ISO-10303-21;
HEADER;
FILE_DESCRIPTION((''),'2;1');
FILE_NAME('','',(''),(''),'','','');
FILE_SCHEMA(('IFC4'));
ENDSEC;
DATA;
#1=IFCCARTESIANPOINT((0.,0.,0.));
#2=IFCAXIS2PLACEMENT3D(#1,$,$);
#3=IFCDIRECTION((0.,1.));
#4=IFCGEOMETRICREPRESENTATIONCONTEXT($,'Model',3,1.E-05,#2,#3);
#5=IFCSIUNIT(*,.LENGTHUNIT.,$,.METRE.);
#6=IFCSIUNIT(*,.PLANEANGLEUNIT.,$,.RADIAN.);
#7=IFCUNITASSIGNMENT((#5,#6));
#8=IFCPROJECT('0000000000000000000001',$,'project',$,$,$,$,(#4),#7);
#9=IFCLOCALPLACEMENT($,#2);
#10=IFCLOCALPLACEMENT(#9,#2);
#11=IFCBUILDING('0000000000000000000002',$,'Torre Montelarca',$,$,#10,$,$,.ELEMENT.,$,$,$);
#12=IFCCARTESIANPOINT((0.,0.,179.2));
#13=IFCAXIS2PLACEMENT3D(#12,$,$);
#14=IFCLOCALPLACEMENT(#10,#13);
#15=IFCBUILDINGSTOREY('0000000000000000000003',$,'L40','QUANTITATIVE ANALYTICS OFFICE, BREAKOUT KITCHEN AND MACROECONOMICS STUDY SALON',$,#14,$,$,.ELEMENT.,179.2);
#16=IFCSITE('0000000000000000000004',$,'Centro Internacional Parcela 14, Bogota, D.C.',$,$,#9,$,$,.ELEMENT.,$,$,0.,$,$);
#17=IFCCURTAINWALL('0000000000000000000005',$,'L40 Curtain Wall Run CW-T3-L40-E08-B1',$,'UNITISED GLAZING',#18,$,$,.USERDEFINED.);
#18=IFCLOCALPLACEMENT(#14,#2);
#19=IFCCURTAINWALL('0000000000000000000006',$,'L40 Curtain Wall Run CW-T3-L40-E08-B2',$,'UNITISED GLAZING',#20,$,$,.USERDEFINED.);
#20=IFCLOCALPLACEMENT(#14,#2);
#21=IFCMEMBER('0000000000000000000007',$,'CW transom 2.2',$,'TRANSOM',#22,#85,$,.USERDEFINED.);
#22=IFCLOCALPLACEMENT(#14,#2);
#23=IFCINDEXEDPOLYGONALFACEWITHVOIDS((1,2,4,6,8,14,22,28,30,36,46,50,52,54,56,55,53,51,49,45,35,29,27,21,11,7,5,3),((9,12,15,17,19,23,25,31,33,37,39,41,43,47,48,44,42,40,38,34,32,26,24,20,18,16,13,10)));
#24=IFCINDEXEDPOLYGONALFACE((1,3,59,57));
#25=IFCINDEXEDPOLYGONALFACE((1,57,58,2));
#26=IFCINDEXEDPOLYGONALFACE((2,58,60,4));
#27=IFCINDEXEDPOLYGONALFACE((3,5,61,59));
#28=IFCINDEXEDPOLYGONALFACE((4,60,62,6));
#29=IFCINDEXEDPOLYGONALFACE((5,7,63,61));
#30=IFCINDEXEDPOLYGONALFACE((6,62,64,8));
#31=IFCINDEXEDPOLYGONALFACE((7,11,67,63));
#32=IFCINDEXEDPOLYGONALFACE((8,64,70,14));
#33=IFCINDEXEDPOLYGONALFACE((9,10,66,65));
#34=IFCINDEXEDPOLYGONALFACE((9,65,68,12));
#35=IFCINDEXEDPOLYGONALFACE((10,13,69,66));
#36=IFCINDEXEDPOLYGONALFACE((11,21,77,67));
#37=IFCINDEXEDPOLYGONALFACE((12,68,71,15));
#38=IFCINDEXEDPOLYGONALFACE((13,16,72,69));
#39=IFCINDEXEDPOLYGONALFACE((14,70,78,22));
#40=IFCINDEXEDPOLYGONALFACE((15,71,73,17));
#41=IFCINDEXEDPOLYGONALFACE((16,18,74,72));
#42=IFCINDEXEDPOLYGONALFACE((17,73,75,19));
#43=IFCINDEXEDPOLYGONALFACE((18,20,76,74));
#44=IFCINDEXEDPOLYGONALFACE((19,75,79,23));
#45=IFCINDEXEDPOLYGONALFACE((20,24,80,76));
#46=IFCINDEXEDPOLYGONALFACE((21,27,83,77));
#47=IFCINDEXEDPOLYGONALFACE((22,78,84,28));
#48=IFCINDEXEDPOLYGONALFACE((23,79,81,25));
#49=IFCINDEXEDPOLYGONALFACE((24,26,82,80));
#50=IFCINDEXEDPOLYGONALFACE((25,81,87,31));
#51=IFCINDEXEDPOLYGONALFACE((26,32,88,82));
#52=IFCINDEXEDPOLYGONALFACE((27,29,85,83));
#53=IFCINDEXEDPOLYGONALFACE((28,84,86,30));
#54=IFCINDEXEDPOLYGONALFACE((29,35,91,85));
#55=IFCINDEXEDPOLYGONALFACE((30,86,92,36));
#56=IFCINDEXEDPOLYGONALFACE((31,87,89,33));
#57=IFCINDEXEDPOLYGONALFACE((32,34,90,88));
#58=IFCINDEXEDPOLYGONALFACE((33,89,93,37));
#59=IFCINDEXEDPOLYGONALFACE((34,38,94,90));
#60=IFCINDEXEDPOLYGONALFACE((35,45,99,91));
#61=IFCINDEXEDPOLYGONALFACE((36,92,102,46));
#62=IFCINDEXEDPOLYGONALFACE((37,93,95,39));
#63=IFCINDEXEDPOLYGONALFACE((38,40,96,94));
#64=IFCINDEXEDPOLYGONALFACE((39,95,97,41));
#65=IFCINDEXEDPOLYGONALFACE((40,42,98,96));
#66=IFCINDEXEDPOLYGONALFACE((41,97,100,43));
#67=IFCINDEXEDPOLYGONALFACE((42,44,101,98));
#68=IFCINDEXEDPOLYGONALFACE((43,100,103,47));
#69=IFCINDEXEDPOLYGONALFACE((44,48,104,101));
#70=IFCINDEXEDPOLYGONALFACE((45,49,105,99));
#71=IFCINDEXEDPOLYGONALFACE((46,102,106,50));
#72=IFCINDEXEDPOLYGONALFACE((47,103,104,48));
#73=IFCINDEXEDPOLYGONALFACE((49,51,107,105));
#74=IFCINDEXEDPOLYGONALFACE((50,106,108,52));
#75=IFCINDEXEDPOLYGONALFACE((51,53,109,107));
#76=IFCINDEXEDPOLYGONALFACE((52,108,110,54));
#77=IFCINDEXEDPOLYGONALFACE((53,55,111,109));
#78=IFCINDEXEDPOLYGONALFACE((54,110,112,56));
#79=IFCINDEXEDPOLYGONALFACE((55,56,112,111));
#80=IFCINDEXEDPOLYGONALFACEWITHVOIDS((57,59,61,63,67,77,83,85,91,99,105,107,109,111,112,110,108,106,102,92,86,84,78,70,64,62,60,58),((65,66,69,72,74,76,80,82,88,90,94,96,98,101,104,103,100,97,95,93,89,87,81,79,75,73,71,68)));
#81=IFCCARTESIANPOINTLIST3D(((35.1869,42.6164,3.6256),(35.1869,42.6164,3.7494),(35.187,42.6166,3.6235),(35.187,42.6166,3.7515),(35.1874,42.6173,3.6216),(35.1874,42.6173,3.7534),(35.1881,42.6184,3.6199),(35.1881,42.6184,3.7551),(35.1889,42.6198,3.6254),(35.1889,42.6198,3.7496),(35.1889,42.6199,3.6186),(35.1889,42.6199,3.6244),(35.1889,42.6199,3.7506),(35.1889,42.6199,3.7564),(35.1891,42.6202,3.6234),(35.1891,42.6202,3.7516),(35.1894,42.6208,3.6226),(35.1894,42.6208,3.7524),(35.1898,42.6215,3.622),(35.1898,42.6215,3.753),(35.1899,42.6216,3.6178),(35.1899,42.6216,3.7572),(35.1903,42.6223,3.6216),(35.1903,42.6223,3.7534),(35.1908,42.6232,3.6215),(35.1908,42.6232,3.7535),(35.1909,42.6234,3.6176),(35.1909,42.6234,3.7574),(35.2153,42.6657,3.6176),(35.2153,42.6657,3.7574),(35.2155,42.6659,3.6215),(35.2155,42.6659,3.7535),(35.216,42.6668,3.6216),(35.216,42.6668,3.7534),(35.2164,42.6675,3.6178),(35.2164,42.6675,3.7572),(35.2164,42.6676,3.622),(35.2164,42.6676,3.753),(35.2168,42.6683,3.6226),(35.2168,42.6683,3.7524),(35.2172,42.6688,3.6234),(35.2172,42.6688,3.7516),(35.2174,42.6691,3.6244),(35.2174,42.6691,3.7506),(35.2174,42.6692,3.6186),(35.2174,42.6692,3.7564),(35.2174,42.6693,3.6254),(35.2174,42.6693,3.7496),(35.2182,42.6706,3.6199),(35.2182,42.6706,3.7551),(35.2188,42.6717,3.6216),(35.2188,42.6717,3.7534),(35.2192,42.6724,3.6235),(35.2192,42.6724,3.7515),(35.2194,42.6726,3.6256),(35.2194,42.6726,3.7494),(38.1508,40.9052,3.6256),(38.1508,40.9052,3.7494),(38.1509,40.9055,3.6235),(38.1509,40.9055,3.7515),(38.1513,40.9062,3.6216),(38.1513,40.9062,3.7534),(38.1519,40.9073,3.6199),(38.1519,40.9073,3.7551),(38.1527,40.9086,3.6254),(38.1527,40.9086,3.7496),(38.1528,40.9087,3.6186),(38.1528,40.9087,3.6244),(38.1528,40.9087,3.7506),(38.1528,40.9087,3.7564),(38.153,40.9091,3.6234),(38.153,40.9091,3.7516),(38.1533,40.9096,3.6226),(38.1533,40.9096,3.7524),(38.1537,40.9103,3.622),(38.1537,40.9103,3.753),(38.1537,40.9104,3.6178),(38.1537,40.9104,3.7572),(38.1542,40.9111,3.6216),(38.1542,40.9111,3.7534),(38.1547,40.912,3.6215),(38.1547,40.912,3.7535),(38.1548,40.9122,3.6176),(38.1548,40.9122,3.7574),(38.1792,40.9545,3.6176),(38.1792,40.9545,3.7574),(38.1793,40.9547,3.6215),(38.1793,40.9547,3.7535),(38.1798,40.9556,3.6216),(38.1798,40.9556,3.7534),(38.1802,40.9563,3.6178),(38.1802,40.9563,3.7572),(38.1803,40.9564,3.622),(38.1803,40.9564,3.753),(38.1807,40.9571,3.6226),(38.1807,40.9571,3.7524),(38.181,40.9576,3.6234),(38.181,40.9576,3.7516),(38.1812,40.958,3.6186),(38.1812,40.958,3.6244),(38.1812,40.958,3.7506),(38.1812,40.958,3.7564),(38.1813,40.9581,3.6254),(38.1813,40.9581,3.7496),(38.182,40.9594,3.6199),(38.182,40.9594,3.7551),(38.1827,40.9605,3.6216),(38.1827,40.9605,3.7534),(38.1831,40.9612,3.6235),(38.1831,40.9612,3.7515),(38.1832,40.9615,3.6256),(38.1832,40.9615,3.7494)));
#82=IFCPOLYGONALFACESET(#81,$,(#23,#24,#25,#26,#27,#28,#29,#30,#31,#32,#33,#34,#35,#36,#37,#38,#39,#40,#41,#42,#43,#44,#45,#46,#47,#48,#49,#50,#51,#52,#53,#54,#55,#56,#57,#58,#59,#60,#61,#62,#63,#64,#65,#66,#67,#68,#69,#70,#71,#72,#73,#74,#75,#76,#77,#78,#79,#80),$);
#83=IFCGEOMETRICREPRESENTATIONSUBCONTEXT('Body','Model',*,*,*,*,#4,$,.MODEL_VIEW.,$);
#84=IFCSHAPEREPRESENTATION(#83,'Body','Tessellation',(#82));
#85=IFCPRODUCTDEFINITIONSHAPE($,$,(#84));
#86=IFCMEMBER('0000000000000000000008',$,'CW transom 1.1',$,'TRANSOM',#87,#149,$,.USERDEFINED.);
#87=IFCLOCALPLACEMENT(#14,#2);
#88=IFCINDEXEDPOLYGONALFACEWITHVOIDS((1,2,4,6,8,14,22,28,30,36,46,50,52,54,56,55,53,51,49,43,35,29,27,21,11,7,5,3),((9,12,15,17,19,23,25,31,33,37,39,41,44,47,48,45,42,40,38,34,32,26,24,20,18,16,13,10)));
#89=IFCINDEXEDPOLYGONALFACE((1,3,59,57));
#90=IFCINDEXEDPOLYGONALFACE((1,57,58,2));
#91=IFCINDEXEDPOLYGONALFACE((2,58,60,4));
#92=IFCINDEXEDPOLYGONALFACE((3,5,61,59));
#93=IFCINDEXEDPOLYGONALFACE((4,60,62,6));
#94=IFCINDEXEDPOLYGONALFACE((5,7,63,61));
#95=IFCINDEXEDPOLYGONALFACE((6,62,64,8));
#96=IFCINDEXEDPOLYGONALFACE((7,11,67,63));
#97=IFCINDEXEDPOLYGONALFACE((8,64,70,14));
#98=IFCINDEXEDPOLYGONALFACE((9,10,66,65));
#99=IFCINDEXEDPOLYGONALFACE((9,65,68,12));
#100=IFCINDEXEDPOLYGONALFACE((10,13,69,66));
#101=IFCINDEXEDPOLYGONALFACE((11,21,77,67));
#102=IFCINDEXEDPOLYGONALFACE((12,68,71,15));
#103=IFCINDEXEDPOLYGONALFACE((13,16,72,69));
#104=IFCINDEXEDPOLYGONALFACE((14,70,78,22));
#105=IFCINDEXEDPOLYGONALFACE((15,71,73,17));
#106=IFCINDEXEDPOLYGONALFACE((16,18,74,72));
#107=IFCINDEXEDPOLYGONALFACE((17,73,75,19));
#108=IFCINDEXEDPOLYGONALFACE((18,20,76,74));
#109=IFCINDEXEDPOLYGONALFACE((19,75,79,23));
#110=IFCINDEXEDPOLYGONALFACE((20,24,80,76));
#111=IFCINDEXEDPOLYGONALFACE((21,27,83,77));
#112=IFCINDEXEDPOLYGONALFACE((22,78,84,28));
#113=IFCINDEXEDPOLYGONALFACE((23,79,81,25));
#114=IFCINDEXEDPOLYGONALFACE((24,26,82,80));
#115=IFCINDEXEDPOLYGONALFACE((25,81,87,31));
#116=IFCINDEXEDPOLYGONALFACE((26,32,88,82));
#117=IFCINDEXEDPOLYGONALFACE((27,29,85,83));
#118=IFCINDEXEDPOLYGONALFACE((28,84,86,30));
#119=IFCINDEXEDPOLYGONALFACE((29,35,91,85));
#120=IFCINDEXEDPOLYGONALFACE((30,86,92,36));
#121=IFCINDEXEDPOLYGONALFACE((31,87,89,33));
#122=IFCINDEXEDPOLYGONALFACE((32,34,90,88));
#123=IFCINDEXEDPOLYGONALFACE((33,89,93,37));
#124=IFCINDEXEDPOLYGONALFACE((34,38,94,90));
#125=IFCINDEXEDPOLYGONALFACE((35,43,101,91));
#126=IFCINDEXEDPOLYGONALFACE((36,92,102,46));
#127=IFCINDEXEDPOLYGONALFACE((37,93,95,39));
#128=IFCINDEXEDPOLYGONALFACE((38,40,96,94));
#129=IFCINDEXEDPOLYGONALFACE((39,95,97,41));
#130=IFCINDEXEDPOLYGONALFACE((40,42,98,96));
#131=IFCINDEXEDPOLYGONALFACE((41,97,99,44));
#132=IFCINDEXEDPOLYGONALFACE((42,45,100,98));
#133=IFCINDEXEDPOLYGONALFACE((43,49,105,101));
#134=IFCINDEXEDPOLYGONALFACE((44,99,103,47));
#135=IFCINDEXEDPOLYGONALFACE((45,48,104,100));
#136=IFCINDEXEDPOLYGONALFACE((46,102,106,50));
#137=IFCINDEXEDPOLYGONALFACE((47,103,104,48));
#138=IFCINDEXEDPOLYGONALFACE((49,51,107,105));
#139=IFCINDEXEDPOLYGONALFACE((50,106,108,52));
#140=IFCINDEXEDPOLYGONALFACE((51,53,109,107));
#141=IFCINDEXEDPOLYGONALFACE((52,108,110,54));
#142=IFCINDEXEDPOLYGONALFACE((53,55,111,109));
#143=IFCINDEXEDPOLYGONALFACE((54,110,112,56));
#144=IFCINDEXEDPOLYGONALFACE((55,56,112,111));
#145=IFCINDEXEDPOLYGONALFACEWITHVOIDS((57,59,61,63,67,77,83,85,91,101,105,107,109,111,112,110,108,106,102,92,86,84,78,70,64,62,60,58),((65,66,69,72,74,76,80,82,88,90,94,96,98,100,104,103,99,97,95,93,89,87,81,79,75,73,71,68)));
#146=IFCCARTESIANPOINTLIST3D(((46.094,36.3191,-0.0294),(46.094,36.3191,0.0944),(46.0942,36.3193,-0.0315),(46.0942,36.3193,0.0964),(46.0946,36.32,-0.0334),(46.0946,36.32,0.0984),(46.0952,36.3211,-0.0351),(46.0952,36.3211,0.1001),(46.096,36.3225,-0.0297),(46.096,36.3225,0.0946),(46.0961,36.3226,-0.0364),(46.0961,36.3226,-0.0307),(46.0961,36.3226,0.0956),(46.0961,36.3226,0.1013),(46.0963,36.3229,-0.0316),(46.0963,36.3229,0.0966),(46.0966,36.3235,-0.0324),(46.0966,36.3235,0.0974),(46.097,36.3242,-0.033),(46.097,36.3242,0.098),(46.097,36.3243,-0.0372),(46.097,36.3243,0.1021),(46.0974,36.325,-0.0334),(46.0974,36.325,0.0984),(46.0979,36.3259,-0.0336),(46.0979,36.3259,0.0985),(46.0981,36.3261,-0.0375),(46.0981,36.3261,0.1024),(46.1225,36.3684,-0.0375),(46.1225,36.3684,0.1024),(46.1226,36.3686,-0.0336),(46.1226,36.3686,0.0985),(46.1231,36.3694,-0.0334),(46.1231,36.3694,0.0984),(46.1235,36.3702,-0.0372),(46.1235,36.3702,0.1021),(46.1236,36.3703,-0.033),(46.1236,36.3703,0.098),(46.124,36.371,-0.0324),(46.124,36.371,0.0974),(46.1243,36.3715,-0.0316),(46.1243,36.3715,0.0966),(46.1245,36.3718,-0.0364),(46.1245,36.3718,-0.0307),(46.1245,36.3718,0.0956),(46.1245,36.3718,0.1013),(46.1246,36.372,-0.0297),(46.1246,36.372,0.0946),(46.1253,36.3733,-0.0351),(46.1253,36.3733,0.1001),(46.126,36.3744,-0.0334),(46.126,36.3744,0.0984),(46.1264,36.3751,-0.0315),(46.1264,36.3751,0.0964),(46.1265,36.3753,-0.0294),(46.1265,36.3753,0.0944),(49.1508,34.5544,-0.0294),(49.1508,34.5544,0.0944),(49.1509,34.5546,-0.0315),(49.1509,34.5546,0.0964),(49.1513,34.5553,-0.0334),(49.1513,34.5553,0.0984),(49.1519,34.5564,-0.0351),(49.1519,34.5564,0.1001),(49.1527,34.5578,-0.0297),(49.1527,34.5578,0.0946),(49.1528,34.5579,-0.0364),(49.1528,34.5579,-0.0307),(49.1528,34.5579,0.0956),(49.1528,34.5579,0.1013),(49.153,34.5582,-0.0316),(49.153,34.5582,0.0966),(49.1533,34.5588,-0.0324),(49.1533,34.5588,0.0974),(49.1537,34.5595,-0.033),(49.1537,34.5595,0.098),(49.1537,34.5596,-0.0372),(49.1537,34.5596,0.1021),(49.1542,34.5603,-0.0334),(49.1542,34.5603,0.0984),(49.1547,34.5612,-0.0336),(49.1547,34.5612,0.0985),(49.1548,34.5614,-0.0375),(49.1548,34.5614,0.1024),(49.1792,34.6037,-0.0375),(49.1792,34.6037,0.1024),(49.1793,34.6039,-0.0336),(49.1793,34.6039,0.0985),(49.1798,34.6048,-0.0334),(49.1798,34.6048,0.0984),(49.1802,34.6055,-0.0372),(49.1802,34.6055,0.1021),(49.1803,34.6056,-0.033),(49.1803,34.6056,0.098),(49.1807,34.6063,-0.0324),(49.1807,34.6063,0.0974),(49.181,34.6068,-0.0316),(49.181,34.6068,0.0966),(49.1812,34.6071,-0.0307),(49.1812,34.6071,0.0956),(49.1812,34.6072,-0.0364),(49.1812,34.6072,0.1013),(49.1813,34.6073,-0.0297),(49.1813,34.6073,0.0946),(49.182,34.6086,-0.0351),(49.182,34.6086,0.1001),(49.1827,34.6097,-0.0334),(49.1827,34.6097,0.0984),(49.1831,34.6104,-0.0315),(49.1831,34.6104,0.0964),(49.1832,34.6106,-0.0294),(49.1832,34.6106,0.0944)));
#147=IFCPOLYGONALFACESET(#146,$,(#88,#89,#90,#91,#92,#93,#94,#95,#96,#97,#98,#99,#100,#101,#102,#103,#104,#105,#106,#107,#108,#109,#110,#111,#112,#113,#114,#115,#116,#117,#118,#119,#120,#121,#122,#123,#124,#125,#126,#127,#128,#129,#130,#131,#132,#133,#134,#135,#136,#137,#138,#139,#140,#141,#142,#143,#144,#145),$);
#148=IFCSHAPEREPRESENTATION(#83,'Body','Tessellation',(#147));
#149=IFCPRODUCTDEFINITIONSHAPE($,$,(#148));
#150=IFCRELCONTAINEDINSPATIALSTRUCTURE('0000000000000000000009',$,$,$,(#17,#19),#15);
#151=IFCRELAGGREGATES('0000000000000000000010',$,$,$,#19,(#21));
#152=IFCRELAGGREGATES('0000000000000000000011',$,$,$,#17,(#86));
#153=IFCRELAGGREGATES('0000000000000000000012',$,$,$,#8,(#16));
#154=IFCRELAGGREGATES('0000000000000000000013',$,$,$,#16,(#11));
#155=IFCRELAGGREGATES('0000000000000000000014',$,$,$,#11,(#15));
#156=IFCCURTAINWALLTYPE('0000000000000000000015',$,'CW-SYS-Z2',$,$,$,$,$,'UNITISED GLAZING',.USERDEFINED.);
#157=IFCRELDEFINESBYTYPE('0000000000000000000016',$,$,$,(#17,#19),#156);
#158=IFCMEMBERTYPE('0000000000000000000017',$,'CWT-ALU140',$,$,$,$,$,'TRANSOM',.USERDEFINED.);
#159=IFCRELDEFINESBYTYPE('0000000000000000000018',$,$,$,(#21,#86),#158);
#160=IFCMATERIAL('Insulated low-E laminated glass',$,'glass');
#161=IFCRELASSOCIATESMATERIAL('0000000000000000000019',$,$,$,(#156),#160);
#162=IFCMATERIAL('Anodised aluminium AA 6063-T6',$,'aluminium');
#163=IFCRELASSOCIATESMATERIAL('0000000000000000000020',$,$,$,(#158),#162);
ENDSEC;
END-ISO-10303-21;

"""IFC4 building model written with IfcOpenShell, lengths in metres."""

from ifc_helpers import new_model, si_unit, direction, frame, origin, origin_2d, place, context, subcontext, project, spatial, hollow_rectangle, extrude, source, transform, mapped, material, material_profile, profile_set, type_object, element, aggregate, save


model = new_model("IFC4")

# Units and contexts
model_context = context("Model", 3, precision=1e-05, world=origin(), true_north=direction((0.0, 1.0)))
body_context = subcontext(model_context, "Body", "Model", "MODEL_VIEW")
ifc_project = project(units=[si_unit("LENGTHUNIT", "METRE"), si_unit("PLANEANGLEUNIT", "RADIAN")], contexts=[model_context])

# Site, building, storey
site_placement = place(None, origin())
site = spatial("IfcSite", under=ifc_project, at=site_placement, Name="Centro Internacional Parcela 14, Bogota, D.C.", CompositionType="ELEMENT", RefElevation=0.0)
building_placement = place(site_placement, origin())
building = spatial("IfcBuilding", under=site, at=building_placement, Name="Torre Montelarca", CompositionType="ELEMENT")
storey_placement = place(building_placement, frame((0.0, 0.0, 179.2)))
storey = spatial("IfcBuildingStorey", under=building, at=storey_placement, Name="L40", Description="QUANTITATIVE ANALYTICS OFFICE, BREAKOUT KITCHEN AND MACROECONOMICS STUDY SALON", CompositionType="ELEMENT", Elevation=179.2)

# Curtain walls, member
ifc_material_1 = material(Name="Insulated low-E laminated glass", Category="glass")
curtain_wall_type = type_object("IfcCurtainWallType", Name="CW-SYS-Z2", ElementType="UNITISED GLAZING", PredefinedType="USERDEFINED", material=ifc_material_1)
ifc_material_2 = material(Name="Anodised aluminium AA 6063-T6", Category="aluminium")
ifc_material_profile_1 = material_profile(ifc_material_2, hollow_rectangle(XDim=0.0649, YDim=0.1399, WallThickness=0.0039, InnerFilletRadius=0.0039, OuterFilletRadius=0.0081, at=origin_2d()), Name="ALU65X140X4", Category="aluminium")
ifc_profile_set_1 = profile_set([ifc_material_profile_1], Name="Anodised aluminium AA 6063-T6")
member_type_1 = type_object("IfcMemberType", Name="CWT-ALU140", ElementType="TRANSOM", PredefinedType="USERDEFINED", material=ifc_profile_set_1)
curtain_wall_1_placement = place(storey_placement, origin())
curtain_wall_1 = element("IfcCurtainWall", 1, at=curtain_wall_1_placement, inside=storey, type_object=curtain_wall_type, Name="L40 Curtain Wall Run CW-T3-L40-E08-B1", ObjectType="UNITISED GLAZING", PredefinedType="USERDEFINED")
curtain_wall_2_placement = place(storey_placement, origin())
curtain_wall_2 = element("IfcCurtainWall", 2, at=curtain_wall_2_placement, inside=storey, type_object=curtain_wall_type, Name="L40 Curtain Wall Run CW-T3-L40-E08-B2", ObjectType="UNITISED GLAZING", PredefinedType="USERDEFINED")
shared_shape_1 = source(origin(), body_context, "Body", "SweptSolid", [
    extrude(hollow_rectangle(XDim=0.0649, YDim=0.1399, WallThickness=0.0039, InnerFilletRadius=0.0039, OuterFilletRadius=0.0081, at=origin_2d()), origin(), (0.0, 0.0, 1.0), 3.4224),
])
member_1_placement = place(storey_placement, frame((38.167, 40.9333, 3.6875), z_axis=(-0.866026, 0.499998, 0.0), x_axis=(-0.499998, -0.866026, 0.0)))
member_1 = element("IfcMember", 3, at=member_1_placement, type_object=member_type_1, Name="CW transom 2.2", ObjectType="TRANSOM", PredefinedType="USERDEFINED", context=body_context, shape_type="MappedRepresentation", body=[
    mapped(shared_shape_1, transform((0.0, 0.0, 0.0), scale=1.0)),
])

# Member
shared_shape_2 = source(origin(), body_context, "Body", "SweptSolid", [
    extrude(hollow_rectangle(XDim=0.0649, YDim=0.1399, WallThickness=0.0039, InnerFilletRadius=0.0039, OuterFilletRadius=0.0081, at=origin_2d()), origin(), (0.0, 0.0, 1.0), 3.5295),
])
member_2_placement = place(storey_placement, frame((49.167, 34.5825, 0.0325), z_axis=(-0.866038, 0.499978, 0.0), x_axis=(-0.499978, -0.866038, 0.0)))
member_2 = element("IfcMember", 4, at=member_2_placement, type_object=member_type_1, Name="CW transom 1.1", ObjectType="TRANSOM", PredefinedType="USERDEFINED", context=body_context, shape_type="MappedRepresentation", body=[
    mapped(shared_shape_2, transform((0.0, 0.0, 0.0), scale=1.0)),
])

aggregate(curtain_wall_2, [member_1])
aggregate(curtain_wall_1, [member_2])

save(model, "model.ifc")
